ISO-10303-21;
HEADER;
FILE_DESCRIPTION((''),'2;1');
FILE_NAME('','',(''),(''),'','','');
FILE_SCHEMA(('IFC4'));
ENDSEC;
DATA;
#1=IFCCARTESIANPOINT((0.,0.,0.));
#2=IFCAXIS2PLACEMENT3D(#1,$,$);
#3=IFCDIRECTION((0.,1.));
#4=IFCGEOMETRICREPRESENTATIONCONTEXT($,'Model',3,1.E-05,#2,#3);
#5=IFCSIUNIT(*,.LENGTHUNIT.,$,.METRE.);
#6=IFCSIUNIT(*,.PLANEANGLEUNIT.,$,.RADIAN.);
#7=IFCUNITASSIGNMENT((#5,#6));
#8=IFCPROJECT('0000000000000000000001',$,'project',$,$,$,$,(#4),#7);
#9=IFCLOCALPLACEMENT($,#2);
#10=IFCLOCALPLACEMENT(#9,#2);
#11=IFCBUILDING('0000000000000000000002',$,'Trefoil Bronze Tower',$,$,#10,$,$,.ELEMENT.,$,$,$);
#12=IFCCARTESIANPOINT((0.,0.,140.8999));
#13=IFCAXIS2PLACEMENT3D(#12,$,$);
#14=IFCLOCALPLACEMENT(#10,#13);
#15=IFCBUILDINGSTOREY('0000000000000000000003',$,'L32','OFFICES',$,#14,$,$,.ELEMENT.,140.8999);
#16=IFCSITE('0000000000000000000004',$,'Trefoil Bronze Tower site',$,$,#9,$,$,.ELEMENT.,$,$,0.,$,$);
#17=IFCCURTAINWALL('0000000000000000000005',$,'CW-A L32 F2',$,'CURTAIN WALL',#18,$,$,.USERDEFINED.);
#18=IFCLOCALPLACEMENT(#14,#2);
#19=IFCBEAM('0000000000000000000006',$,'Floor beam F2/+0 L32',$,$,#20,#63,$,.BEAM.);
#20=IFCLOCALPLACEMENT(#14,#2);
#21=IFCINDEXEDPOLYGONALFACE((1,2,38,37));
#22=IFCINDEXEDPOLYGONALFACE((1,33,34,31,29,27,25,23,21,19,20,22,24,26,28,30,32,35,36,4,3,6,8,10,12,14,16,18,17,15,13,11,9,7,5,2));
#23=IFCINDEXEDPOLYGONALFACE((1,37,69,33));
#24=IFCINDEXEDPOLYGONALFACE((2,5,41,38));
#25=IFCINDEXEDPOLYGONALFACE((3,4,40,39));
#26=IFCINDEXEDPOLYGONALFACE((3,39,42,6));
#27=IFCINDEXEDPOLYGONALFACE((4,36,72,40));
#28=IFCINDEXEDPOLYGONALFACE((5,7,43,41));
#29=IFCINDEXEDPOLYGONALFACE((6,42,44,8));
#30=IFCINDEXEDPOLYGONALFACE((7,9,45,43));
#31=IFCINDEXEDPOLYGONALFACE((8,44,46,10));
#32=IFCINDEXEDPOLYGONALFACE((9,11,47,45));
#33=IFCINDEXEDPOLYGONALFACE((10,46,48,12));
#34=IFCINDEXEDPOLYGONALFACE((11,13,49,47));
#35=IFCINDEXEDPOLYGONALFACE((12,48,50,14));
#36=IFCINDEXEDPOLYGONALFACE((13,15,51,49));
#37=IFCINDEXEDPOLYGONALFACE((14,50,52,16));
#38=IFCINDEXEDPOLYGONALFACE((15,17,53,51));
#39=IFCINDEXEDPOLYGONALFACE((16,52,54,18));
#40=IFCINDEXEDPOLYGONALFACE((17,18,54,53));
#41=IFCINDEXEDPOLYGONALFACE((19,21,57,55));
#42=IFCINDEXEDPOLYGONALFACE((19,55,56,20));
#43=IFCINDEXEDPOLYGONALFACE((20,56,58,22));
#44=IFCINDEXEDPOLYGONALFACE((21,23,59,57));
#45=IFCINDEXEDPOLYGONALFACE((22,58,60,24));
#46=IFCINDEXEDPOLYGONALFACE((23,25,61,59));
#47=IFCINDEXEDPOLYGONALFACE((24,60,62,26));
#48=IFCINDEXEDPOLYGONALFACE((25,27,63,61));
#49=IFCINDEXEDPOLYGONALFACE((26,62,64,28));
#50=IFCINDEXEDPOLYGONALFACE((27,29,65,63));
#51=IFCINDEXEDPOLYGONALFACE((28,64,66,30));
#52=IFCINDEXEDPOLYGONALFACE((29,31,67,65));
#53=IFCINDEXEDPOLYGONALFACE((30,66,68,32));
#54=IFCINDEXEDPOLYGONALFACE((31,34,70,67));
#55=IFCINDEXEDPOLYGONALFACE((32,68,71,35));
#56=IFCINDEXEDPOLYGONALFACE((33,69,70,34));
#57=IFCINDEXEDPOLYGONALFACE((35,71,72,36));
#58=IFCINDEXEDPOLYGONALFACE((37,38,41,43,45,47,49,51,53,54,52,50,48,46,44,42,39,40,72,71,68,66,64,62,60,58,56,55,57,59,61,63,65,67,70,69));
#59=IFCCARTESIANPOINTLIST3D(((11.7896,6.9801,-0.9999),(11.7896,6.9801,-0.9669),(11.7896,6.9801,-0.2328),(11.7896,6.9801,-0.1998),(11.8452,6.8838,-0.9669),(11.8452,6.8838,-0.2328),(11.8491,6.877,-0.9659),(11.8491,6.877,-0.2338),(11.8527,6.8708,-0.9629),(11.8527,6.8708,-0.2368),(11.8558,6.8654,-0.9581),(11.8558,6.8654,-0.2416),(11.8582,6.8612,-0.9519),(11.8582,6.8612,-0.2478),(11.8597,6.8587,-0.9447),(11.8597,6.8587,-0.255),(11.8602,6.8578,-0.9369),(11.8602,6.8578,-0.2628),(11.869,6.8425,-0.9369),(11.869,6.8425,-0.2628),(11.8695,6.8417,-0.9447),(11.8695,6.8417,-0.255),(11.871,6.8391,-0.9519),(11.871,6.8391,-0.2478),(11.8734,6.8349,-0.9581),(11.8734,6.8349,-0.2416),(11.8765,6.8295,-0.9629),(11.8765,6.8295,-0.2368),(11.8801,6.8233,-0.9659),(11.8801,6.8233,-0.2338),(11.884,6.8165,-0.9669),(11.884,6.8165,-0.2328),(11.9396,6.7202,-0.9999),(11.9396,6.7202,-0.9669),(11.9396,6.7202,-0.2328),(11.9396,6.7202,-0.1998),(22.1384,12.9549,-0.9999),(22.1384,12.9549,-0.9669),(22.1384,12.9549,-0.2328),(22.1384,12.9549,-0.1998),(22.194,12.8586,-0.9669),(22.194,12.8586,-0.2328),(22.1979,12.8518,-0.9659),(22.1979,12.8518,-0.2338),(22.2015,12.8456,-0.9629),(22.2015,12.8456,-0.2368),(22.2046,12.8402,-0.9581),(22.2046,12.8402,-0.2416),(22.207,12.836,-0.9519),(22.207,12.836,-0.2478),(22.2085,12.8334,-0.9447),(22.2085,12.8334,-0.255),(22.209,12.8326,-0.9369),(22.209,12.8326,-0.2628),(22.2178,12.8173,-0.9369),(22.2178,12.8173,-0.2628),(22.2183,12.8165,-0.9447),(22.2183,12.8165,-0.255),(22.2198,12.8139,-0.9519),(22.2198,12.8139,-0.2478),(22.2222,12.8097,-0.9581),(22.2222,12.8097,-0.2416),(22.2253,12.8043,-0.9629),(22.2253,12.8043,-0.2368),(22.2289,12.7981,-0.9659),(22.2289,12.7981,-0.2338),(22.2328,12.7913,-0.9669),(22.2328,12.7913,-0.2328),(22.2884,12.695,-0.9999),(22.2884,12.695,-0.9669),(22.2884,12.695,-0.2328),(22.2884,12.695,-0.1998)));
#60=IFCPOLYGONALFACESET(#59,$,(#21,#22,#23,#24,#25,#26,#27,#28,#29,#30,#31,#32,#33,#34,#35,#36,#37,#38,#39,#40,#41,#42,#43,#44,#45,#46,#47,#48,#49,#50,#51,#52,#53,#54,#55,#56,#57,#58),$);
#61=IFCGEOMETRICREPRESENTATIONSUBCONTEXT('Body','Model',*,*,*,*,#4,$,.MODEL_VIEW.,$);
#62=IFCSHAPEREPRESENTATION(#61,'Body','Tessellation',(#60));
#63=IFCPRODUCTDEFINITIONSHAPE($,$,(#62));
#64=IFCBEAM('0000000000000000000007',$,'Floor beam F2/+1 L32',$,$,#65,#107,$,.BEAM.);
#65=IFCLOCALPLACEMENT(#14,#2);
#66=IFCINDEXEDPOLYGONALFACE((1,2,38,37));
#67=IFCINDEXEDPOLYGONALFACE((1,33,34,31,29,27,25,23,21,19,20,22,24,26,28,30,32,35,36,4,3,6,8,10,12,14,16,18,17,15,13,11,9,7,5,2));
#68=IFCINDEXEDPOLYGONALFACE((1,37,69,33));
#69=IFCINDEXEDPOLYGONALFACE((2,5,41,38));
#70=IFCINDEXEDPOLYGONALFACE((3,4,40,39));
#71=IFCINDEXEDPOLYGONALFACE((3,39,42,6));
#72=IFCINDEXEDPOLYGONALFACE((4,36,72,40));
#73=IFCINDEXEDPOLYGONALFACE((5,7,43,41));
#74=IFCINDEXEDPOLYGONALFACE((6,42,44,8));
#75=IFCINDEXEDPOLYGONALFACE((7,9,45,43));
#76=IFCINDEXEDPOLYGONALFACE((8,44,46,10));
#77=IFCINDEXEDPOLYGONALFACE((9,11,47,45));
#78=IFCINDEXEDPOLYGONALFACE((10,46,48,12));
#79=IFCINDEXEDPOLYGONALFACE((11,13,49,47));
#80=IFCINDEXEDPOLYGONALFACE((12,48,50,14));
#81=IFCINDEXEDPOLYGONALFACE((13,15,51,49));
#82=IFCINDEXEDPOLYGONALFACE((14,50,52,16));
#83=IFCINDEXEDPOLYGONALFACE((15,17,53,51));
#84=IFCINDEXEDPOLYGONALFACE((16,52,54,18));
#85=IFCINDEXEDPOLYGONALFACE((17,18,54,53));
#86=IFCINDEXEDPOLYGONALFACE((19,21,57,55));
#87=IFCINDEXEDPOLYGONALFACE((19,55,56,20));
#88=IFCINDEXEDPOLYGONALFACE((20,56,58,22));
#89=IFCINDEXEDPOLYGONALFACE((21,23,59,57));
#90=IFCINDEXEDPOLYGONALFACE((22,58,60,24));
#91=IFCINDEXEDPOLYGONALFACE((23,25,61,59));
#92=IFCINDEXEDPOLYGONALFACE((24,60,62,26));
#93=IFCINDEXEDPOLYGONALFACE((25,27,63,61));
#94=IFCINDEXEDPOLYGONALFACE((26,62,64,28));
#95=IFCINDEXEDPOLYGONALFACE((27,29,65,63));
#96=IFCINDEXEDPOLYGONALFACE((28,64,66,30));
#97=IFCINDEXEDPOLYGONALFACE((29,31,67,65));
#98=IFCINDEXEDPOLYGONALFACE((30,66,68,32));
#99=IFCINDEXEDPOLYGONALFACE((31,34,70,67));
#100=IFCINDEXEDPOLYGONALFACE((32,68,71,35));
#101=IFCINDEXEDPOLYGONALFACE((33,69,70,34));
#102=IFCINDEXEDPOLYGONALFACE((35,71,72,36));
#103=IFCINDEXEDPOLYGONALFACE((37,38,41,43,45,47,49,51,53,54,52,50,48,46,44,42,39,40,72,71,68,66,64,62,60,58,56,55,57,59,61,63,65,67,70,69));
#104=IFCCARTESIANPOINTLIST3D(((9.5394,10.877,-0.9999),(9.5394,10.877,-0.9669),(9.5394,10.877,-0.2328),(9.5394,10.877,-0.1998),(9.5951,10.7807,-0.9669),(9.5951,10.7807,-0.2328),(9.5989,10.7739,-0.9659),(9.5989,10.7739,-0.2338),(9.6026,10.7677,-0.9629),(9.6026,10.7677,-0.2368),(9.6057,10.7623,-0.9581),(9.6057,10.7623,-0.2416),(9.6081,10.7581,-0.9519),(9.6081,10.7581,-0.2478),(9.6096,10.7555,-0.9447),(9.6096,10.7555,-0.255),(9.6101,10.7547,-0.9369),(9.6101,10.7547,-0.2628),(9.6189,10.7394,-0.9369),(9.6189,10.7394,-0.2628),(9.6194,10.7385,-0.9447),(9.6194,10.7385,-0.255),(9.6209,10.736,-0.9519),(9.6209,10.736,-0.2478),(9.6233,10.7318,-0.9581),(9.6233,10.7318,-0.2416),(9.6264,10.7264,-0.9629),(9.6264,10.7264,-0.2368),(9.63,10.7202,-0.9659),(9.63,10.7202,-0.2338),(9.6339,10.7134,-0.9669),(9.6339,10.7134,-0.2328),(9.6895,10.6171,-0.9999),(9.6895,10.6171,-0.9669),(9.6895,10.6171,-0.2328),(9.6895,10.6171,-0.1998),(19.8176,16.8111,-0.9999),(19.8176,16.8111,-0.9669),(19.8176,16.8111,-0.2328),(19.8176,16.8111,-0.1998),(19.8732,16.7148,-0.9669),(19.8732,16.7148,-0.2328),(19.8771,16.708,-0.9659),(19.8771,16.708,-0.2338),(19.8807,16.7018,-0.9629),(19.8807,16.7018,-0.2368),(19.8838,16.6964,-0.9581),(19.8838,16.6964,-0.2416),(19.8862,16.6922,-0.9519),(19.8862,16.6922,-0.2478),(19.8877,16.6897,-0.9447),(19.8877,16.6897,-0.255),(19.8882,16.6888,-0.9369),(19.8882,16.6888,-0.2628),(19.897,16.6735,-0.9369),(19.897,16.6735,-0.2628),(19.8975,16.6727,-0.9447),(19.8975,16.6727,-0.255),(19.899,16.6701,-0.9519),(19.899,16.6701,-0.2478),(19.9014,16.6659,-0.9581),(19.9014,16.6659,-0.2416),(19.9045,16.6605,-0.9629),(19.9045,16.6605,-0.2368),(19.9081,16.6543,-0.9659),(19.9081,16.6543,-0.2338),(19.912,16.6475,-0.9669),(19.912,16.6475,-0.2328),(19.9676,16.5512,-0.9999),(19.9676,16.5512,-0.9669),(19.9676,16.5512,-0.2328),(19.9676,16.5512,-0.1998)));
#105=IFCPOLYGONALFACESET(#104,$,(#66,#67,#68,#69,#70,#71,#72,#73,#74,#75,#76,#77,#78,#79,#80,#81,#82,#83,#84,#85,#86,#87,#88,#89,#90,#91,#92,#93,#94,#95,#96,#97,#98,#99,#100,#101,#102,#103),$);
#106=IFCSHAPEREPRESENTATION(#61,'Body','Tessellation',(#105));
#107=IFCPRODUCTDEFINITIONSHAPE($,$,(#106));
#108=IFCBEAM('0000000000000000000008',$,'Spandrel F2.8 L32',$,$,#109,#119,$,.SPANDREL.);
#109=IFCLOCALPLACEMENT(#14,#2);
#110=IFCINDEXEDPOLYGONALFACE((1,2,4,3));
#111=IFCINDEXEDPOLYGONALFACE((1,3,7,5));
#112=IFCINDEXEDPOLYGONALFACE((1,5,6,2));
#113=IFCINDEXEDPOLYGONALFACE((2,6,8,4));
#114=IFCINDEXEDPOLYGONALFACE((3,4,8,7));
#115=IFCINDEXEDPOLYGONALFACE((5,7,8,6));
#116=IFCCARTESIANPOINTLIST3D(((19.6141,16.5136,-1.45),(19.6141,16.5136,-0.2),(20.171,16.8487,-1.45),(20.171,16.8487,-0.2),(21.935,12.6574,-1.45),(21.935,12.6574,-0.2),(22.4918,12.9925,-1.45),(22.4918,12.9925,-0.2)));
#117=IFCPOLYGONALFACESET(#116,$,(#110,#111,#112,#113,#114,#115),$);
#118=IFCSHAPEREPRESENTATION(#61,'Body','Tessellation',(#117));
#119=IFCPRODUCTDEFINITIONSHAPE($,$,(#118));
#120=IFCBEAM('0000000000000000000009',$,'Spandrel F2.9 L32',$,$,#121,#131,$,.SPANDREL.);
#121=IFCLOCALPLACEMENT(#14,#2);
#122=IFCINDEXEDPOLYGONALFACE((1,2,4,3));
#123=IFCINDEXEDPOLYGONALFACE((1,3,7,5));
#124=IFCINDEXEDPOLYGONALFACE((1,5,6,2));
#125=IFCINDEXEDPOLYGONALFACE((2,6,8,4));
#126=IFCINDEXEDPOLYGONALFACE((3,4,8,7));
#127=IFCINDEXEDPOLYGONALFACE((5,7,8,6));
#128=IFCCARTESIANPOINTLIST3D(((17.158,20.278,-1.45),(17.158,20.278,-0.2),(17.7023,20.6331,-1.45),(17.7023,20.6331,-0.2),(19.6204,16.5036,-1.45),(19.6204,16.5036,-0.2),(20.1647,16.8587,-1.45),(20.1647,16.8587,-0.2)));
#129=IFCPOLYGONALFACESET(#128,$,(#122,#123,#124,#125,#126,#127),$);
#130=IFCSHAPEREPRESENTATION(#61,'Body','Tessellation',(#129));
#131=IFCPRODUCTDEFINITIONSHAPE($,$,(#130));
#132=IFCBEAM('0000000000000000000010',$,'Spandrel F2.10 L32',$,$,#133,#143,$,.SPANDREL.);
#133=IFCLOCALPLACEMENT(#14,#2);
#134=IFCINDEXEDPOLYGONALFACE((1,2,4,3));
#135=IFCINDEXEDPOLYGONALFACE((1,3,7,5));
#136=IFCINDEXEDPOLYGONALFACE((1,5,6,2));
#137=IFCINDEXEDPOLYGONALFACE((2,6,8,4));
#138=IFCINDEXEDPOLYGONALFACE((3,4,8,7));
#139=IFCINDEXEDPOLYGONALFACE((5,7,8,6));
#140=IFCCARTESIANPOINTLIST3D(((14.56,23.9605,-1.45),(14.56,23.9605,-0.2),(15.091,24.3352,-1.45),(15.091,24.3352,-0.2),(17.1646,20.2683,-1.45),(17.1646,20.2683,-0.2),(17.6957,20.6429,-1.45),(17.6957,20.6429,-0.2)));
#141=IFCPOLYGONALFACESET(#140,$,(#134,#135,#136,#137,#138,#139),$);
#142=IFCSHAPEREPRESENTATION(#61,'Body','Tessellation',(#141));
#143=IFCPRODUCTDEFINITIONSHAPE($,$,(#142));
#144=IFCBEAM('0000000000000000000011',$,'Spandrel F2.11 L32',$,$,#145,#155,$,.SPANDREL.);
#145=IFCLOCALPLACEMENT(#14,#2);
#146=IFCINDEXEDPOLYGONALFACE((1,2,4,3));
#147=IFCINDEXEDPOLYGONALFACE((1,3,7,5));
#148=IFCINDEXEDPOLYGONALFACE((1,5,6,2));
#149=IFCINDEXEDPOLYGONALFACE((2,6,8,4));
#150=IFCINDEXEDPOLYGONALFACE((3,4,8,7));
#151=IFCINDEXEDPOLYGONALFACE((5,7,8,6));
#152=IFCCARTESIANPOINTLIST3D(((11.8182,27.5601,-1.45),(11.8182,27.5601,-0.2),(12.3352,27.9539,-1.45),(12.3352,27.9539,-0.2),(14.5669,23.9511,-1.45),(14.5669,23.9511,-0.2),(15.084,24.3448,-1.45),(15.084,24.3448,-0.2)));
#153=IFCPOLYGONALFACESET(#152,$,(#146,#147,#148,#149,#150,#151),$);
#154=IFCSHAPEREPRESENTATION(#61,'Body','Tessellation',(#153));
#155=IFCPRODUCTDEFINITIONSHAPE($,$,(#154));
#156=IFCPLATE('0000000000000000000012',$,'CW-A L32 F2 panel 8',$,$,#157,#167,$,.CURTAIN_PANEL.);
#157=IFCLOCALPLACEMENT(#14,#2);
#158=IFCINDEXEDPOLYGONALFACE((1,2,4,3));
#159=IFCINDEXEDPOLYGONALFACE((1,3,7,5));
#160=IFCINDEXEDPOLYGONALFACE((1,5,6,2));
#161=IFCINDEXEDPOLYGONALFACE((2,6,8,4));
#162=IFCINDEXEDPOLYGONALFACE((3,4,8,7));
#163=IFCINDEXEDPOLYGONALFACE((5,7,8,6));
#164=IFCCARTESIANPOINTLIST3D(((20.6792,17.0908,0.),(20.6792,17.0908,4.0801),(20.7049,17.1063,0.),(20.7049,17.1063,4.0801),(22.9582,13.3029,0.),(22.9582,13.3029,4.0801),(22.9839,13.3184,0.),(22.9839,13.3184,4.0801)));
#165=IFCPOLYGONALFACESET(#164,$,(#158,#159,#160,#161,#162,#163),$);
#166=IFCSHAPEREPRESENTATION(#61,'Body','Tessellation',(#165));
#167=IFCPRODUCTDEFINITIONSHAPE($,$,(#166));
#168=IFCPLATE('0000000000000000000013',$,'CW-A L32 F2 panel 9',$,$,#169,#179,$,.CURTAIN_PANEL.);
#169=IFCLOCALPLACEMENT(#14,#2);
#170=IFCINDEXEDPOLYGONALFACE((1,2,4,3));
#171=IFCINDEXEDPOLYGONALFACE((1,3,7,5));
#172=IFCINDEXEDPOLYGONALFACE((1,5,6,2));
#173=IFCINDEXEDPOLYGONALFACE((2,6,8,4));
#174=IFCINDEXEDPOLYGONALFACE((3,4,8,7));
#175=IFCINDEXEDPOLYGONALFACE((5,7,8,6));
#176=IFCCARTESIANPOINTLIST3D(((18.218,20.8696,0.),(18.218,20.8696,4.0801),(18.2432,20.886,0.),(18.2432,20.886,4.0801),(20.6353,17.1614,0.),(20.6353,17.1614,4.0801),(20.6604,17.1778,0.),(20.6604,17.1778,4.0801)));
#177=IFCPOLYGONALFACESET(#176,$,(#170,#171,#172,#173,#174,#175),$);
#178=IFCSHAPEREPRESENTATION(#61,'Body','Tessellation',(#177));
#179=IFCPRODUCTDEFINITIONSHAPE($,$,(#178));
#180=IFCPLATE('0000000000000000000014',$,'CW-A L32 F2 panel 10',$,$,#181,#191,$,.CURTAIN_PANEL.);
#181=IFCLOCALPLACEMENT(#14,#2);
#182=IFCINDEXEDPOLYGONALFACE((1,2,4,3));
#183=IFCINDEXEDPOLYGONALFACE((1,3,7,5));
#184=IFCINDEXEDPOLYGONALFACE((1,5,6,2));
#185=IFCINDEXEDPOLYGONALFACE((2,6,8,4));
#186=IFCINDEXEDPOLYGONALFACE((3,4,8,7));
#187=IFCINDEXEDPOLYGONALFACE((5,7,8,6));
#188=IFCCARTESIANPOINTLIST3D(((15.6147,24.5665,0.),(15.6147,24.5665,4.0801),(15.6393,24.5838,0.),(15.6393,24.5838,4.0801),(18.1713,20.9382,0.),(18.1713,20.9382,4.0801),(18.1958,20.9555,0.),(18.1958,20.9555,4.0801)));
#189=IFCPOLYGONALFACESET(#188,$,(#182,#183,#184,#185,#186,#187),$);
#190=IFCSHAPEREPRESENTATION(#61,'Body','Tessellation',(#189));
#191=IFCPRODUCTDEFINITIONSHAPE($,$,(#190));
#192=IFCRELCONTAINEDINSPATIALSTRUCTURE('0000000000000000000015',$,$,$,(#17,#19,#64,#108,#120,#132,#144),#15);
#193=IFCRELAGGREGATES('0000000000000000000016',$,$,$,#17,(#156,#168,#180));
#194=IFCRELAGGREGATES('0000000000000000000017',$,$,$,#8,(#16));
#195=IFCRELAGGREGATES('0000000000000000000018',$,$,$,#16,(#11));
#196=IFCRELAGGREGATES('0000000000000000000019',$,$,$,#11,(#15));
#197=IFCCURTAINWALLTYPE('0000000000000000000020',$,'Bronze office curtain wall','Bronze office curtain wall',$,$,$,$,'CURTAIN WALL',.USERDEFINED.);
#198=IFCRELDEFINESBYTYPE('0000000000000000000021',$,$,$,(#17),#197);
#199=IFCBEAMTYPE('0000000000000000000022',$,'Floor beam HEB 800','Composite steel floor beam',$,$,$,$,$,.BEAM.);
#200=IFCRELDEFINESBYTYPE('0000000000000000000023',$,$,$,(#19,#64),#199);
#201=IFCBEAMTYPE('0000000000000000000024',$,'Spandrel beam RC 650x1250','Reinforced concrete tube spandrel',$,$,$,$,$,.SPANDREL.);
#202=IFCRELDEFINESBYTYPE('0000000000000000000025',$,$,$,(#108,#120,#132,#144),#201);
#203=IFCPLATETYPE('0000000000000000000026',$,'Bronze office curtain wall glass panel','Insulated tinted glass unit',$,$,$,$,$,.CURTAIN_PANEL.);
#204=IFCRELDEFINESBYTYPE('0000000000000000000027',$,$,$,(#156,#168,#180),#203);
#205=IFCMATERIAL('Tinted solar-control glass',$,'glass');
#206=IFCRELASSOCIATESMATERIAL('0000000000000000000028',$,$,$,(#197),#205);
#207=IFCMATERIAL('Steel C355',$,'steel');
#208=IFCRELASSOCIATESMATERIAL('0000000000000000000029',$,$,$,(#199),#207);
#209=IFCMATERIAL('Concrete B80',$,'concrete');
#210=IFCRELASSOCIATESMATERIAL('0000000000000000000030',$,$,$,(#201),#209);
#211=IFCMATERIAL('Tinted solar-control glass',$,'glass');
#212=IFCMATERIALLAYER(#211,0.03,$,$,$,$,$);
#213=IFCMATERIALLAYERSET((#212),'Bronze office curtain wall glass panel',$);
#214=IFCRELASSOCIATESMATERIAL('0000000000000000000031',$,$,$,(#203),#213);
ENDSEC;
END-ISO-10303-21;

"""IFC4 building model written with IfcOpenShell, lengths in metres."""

from ifc_helpers import new_model, si_unit, direction, frame, origin, origin_2d, place, context, subcontext, project, spatial, rectangle, i_section, extrude, material, layer, layer_set, material_profile, profile_set, type_object, element, aggregate, save


model = new_model("IFC4")

# Units and contexts
model_context = context("Model", 3, precision=1e-05, world=origin(), true_north=direction((0.0, 1.0)))
body_context = subcontext(model_context, "Body", "Model", "MODEL_VIEW")
ifc_project = project(units=[si_unit("LENGTHUNIT", "METRE"), si_unit("PLANEANGLEUNIT", "RADIAN")], contexts=[model_context])

# Site, building, storey
site_placement = place(None, origin())
site = spatial("IfcSite", under=ifc_project, at=site_placement, Name="Trefoil Bronze Tower site", CompositionType="ELEMENT", RefElevation=0.0)
building_placement = place(site_placement, origin())
building = spatial("IfcBuilding", under=site, at=building_placement, Name="Trefoil Bronze Tower", CompositionType="ELEMENT")
storey_placement = place(building_placement, frame((0.0, 0.0, 140.8999)))
storey = spatial("IfcBuildingStorey", under=building, at=storey_placement, Name="L32", Description="OFFICES", CompositionType="ELEMENT", Elevation=140.8999)

# Curtain wall
ifc_material_1 = material(Name="Tinted solar-control glass", Category="glass")
curtain_wall_type = type_object("IfcCurtainWallType", Name="Bronze office curtain wall", Description="Bronze office curtain wall", ElementType="CURTAIN WALL", PredefinedType="USERDEFINED", material=ifc_material_1)
curtain_wall_placement = place(storey_placement, origin())
curtain_wall = element("IfcCurtainWall", 1, at=curtain_wall_placement, inside=storey, type_object=curtain_wall_type, Name="CW-A L32 F2", ObjectType="CURTAIN WALL", PredefinedType="USERDEFINED")

# Beams
ifc_material_2 = material(Name="Steel C355", Category="steel")
ifc_material_profile_1 = material_profile(ifc_material_2, i_section(OverallWidth=0.3, OverallDepth=0.8, WebThickness=0.0176, FlangeThickness=0.033, FilletRadius=0.03, at=origin_2d()), Name="HEB 800")
ifc_profile_set_1 = profile_set([ifc_material_profile_1], Name="Steel C355")
beam_type_1 = type_object("IfcBeamType", Name="Floor beam HEB 800", Description="Composite steel floor beam", PredefinedType="BEAM", material=ifc_profile_set_1)
beam_1_placement = place(storey_placement, frame((22.2134, 12.825, -0.5999), z_axis=(-0.866028, -0.499995, 0.0), x_axis=(0.499995, -0.866028, 0.0)))
element("IfcBeam", 2, at=beam_1_placement, inside=storey, type_object=beam_type_1, Name="Floor beam F2/+0 L32", PredefinedType="BEAM", context=body_context, shape_type="SweptSolid", body=[
    extrude(i_section(OverallWidth=0.3, OverallDepth=0.8, WebThickness=0.0176, FlangeThickness=0.033, FilletRadius=0.03, at=origin_2d()), origin(), (0.0, 0.0, 1.0), 11.9497),
])
beam_2_placement = place(storey_placement, frame((19.8926, 16.6812, -0.5999), z_axis=(-0.866024, -0.500002, 0.0), x_axis=(0.500002, -0.866024, 0.0)))
element("IfcBeam", 3, at=beam_2_placement, inside=storey, type_object=beam_type_1, Name="Floor beam F2/+1 L32", PredefinedType="BEAM", context=body_context, shape_type="SweptSolid", body=[
    extrude(i_section(OverallWidth=0.3, OverallDepth=0.8, WebThickness=0.0176, FlangeThickness=0.033, FilletRadius=0.03, at=origin_2d()), origin(), (0.0, 0.0, 1.0), 11.8682),
])
ifc_material_3 = material(Name="Concrete B80", Category="concrete")
ifc_material_profile_2 = material_profile(ifc_material_3, rectangle(XDim=0.6499, YDim=1.25, at=origin_2d()), Name="RC 650x1250")
ifc_profile_set_2 = profile_set([ifc_material_profile_2], Name="Concrete B80")
beam_type_2 = type_object("IfcBeamType", Name="Spandrel beam RC 650x1250", Description="Reinforced concrete tube spandrel", PredefinedType="SPANDREL", material=ifc_profile_set_2)
beam_3_placement = place(storey_placement, frame((22.2134, 12.825, -0.825), z_axis=(-0.515652, 0.856798, 0.0), x_axis=(-0.856798, -0.515652, 0.0)))
element("IfcBeam", 4, at=beam_3_placement, inside=storey, type_object=beam_type_2, Name="Spandrel F2.8 L32", PredefinedType="SPANDREL", context=body_context, shape_type="SweptSolid", body=[
    extrude(rectangle(XDim=0.6499, YDim=1.25, at=origin_2d()), origin(), (0.0, 0.0, 1.0), 4.5007),
])
beam_4_placement = place(storey_placement, frame((19.8926, 16.6812, -0.825), z_axis=(-0.546397, 0.837527, 0.0), x_axis=(-0.837527, -0.546397, 0.0)))
element("IfcBeam", 5, at=beam_4_placement, inside=storey, type_object=beam_type_2, Name="Spandrel F2.9 L32", PredefinedType="SPANDREL", context=body_context, shape_type="SweptSolid", body=[
    extrude(rectangle(XDim=0.6499, YDim=1.25, at=origin_2d()), origin(), (0.0, 0.0, 1.0), 4.5066),
])
beam_5_placement = place(storey_placement, frame((17.4302, 20.4556, -0.825), z_axis=(-0.576439, 0.81714, 0.0), x_axis=(-0.81714, -0.576439, 0.0)))
element("IfcBeam", 6, at=beam_5_placement, inside=storey, type_object=beam_type_2, Name="Spandrel F2.10 L32", PredefinedType="SPANDREL", context=body_context, shape_type="SweptSolid", body=[
    extrude(rectangle(XDim=0.6499, YDim=1.25, at=origin_2d()), origin(), (0.0, 0.0, 1.0), 4.5186),
])
beam_6_placement = place(storey_placement, frame((14.8254, 24.1479, -0.825), z_axis=(-0.605899, 0.795542, 0.0), x_axis=(-0.795542, -0.605899, 0.0)))
element("IfcBeam", 7, at=beam_6_placement, inside=storey, type_object=beam_type_2, Name="Spandrel F2.11 L32", PredefinedType="SPANDREL", context=body_context, shape_type="SweptSolid", body=[
    extrude(rectangle(XDim=0.6499, YDim=1.25, at=origin_2d()), origin(), (0.0, 0.0, 1.0), 4.5366),
])

# Plates
ifc_material_4 = material(Name="Tinted solar-control glass", Category="glass")
ifc_layer_1 = layer(ifc_material_4, 0.03)
ifc_layer_set_1 = layer_set([ifc_layer_1], Name="Bronze office curtain wall glass panel")
plate_type = type_object("IfcPlateType", Name="Bronze office curtain wall glass panel", Description="Insulated tinted glass unit", PredefinedType="CURTAIN_PANEL", material=ifc_layer_set_1)
plate_1_placement = place(storey_placement, frame((21.8315, 15.2046, 0.0), z_axis=(0.0, 0.0, 1.0), x_axis=(-0.515525, 0.856874, 0.0)))
plate_1 = element("IfcPlate", 8, at=plate_1_placement, type_object=plate_type, Name="CW-A L32 F2 panel 8", PredefinedType="CURTAIN_PANEL", context=body_context, shape_type="SweptSolid", body=[
    extrude(rectangle(XDim=4.4207, YDim=0.03, at=origin_2d()), origin(), (0.0, 0.0, 1.0), 4.0801),
])
plate_2_placement = place(storey_placement, frame((19.4392, 19.0237, 0.0), z_axis=(0.0, 0.0, 1.0), x_axis=(-0.546089, 0.837727, 0.0)))
plate_2 = element("IfcPlate", 9, at=plate_2_placement, type_object=plate_type, Name="CW-A L32 F2 panel 9", PredefinedType="CURTAIN_PANEL", context=body_context, shape_type="SweptSolid", body=[
    extrude(rectangle(XDim=4.4265, YDim=0.03, at=origin_2d()), origin(), (0.0, 0.0, 1.0), 4.0801),
])
plate_3_placement = place(storey_placement, frame((16.9053, 22.761, 0.0), z_axis=(0.0, 0.0, 1.0), x_axis=(-0.575999, 0.81745, 0.0)))
plate_3 = element("IfcPlate", 10, at=plate_3_placement, type_object=plate_type, Name="CW-A L32 F2 panel 10", PredefinedType="CURTAIN_PANEL", context=body_context, shape_type="SweptSolid", body=[
    extrude(rectangle(XDim=4.4385, YDim=0.03, at=origin_2d()), origin(), (0.0, 0.0, 1.0), 4.0801),
])
aggregate(curtain_wall, [plate_1, plate_2, plate_3])

save(model, "model.ifc")
